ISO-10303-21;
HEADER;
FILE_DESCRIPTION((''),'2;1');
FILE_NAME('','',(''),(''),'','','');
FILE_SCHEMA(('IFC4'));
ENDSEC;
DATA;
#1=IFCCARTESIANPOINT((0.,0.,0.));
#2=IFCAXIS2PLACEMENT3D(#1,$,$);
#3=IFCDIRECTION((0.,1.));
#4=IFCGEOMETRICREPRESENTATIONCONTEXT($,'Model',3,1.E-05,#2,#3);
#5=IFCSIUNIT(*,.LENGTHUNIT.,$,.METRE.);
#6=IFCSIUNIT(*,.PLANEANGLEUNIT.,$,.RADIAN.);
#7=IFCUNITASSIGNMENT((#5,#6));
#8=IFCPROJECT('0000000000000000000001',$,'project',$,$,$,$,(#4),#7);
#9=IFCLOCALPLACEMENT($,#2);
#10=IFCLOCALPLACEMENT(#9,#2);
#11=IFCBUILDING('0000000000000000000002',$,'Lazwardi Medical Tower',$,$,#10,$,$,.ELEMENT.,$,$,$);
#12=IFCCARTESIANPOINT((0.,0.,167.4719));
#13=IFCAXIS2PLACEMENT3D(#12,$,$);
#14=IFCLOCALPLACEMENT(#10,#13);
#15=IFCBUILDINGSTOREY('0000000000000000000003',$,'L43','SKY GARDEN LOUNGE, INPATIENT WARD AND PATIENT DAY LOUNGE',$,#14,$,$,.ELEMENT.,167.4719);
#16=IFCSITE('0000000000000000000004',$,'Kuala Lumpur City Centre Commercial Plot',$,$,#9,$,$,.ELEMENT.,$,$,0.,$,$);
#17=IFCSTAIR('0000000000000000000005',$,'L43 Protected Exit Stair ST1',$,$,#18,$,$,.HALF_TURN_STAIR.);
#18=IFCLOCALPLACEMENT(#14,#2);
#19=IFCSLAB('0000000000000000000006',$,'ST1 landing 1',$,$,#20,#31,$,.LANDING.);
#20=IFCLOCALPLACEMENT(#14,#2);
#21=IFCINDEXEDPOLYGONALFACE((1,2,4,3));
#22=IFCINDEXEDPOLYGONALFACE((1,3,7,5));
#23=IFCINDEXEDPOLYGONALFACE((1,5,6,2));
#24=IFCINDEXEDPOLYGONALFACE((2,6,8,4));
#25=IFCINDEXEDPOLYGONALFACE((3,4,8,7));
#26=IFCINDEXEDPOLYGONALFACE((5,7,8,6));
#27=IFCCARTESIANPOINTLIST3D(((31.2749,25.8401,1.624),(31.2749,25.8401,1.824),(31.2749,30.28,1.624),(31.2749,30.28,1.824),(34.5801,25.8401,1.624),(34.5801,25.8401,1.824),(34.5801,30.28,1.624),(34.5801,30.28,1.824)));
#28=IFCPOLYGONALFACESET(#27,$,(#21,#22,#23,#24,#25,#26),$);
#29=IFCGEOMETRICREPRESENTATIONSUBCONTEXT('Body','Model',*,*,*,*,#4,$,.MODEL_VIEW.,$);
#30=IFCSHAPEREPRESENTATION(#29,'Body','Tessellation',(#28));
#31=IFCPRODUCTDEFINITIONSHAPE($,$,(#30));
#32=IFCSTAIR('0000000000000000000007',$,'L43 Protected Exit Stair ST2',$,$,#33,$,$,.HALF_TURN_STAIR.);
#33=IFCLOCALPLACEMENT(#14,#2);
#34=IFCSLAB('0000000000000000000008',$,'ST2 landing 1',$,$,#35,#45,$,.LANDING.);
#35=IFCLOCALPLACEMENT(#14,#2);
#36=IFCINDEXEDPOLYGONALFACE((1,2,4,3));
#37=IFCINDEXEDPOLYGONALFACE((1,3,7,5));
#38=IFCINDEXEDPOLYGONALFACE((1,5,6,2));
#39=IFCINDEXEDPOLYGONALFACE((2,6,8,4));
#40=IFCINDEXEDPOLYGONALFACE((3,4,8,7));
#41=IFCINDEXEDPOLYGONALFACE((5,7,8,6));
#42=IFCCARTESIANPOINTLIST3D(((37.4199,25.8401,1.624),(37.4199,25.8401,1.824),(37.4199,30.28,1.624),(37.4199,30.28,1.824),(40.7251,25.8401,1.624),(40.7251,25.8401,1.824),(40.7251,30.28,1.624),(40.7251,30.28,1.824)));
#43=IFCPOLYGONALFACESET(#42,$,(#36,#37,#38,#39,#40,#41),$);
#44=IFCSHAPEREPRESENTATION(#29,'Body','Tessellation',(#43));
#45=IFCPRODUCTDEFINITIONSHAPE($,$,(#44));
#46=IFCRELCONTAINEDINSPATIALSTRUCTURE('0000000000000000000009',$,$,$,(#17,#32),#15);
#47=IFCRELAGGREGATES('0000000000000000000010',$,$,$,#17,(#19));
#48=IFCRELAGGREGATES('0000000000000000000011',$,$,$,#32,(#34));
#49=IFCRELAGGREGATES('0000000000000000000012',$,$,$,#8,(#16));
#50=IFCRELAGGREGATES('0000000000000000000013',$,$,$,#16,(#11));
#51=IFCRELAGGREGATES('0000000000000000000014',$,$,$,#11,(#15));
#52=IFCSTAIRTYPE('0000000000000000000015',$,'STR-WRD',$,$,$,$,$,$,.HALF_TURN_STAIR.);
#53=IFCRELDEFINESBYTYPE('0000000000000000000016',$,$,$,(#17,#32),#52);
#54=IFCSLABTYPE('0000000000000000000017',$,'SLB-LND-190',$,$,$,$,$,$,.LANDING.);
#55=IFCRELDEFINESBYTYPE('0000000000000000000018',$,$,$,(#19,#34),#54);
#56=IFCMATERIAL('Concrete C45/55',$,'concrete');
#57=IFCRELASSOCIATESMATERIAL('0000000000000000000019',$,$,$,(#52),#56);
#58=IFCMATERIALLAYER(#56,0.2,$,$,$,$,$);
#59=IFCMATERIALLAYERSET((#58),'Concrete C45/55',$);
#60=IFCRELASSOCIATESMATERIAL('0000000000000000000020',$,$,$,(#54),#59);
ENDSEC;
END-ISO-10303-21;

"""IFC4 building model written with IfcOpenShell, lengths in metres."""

from ifc_helpers import new_model, si_unit, direction, frame, origin, place, context, subcontext, project, spatial, polyline, outline, extrude, material, layer, layer_set, type_object, element, aggregate, save


model = new_model("IFC4")

# Units and contexts
model_context = context("Model", 3, precision=1e-05, world=origin(), true_north=direction((0.0, 1.0)))
body_context = subcontext(model_context, "Body", "Model", "MODEL_VIEW")
ifc_project = project(units=[si_unit("LENGTHUNIT", "METRE"), si_unit("PLANEANGLEUNIT", "RADIAN")], contexts=[model_context])

# Site, building, storey
site_placement = place(None, origin())
site = spatial("IfcSite", under=ifc_project, at=site_placement, Name="Kuala Lumpur City Centre Commercial Plot", CompositionType="ELEMENT", RefElevation=0.0)
building_placement = place(site_placement, origin())
building = spatial("IfcBuilding", under=site, at=building_placement, Name="Lazwardi Medical Tower", CompositionType="ELEMENT")
storey_placement = place(building_placement, frame((0.0, 0.0, 167.4719)))
storey = spatial("IfcBuildingStorey", under=building, at=storey_placement, Name="L43", Description="SKY GARDEN LOUNGE, INPATIENT WARD AND PATIENT DAY LOUNGE", CompositionType="ELEMENT", Elevation=167.4719)

# Stairs, slabs
ifc_material_1 = material(Name="Concrete C45/55", Category="concrete")
stair_type = type_object("IfcStairType", Name="STR-WRD", PredefinedType="HALF_TURN_STAIR", material=ifc_material_1)
stair_1_placement = place(storey_placement, origin())
stair_1 = element("IfcStair", 1, at=stair_1_placement, inside=storey, type_object=stair_type, Name="L43 Protected Exit Stair ST1", PredefinedType="HALF_TURN_STAIR")
ifc_layer_1 = layer(ifc_material_1, 0.2)
ifc_layer_set_1 = layer_set([ifc_layer_1], Name="Concrete C45/55")
slab_type_1 = type_object("IfcSlabType", Name="SLB-LND-190", PredefinedType="LANDING", material=ifc_layer_set_1)
slab_1_placement = place(storey_placement, frame((0.0, 0.0, 1.624)))
slab_1 = element("IfcSlab", 2, at=slab_1_placement, type_object=slab_type_1, Name="ST1 landing 1", PredefinedType="LANDING", context=body_context, shape_type="SweptSolid", body=[
    extrude(outline(polyline([(31.2749, 25.8401), (34.5801, 25.8401), (34.5801, 30.28), (31.2749, 30.28), (31.2749, 25.8401)])), origin(), (0.0, 0.0, 1.0), 0.2),
])
aggregate(stair_1, [slab_1])
stair_2_placement = place(storey_placement, origin())
stair_2 = element("IfcStair", 3, at=stair_2_placement, inside=storey, type_object=stair_type, Name="L43 Protected Exit Stair ST2", PredefinedType="HALF_TURN_STAIR")
slab_2_placement = place(storey_placement, frame((0.0, 0.0, 1.624)))
slab_2 = element("IfcSlab", 4, at=slab_2_placement, type_object=slab_type_1, Name="ST2 landing 1", PredefinedType="LANDING", context=body_context, shape_type="SweptSolid", body=[
    extrude(outline(polyline([(40.7251, 30.28), (37.4199, 30.28), (37.4199, 25.8401), (40.7251, 25.8401), (40.7251, 30.28)])), origin(), (0.0, 0.0, 1.0), 0.2),
])
aggregate(stair_2, [slab_2])

save(model, "model.ifc")
